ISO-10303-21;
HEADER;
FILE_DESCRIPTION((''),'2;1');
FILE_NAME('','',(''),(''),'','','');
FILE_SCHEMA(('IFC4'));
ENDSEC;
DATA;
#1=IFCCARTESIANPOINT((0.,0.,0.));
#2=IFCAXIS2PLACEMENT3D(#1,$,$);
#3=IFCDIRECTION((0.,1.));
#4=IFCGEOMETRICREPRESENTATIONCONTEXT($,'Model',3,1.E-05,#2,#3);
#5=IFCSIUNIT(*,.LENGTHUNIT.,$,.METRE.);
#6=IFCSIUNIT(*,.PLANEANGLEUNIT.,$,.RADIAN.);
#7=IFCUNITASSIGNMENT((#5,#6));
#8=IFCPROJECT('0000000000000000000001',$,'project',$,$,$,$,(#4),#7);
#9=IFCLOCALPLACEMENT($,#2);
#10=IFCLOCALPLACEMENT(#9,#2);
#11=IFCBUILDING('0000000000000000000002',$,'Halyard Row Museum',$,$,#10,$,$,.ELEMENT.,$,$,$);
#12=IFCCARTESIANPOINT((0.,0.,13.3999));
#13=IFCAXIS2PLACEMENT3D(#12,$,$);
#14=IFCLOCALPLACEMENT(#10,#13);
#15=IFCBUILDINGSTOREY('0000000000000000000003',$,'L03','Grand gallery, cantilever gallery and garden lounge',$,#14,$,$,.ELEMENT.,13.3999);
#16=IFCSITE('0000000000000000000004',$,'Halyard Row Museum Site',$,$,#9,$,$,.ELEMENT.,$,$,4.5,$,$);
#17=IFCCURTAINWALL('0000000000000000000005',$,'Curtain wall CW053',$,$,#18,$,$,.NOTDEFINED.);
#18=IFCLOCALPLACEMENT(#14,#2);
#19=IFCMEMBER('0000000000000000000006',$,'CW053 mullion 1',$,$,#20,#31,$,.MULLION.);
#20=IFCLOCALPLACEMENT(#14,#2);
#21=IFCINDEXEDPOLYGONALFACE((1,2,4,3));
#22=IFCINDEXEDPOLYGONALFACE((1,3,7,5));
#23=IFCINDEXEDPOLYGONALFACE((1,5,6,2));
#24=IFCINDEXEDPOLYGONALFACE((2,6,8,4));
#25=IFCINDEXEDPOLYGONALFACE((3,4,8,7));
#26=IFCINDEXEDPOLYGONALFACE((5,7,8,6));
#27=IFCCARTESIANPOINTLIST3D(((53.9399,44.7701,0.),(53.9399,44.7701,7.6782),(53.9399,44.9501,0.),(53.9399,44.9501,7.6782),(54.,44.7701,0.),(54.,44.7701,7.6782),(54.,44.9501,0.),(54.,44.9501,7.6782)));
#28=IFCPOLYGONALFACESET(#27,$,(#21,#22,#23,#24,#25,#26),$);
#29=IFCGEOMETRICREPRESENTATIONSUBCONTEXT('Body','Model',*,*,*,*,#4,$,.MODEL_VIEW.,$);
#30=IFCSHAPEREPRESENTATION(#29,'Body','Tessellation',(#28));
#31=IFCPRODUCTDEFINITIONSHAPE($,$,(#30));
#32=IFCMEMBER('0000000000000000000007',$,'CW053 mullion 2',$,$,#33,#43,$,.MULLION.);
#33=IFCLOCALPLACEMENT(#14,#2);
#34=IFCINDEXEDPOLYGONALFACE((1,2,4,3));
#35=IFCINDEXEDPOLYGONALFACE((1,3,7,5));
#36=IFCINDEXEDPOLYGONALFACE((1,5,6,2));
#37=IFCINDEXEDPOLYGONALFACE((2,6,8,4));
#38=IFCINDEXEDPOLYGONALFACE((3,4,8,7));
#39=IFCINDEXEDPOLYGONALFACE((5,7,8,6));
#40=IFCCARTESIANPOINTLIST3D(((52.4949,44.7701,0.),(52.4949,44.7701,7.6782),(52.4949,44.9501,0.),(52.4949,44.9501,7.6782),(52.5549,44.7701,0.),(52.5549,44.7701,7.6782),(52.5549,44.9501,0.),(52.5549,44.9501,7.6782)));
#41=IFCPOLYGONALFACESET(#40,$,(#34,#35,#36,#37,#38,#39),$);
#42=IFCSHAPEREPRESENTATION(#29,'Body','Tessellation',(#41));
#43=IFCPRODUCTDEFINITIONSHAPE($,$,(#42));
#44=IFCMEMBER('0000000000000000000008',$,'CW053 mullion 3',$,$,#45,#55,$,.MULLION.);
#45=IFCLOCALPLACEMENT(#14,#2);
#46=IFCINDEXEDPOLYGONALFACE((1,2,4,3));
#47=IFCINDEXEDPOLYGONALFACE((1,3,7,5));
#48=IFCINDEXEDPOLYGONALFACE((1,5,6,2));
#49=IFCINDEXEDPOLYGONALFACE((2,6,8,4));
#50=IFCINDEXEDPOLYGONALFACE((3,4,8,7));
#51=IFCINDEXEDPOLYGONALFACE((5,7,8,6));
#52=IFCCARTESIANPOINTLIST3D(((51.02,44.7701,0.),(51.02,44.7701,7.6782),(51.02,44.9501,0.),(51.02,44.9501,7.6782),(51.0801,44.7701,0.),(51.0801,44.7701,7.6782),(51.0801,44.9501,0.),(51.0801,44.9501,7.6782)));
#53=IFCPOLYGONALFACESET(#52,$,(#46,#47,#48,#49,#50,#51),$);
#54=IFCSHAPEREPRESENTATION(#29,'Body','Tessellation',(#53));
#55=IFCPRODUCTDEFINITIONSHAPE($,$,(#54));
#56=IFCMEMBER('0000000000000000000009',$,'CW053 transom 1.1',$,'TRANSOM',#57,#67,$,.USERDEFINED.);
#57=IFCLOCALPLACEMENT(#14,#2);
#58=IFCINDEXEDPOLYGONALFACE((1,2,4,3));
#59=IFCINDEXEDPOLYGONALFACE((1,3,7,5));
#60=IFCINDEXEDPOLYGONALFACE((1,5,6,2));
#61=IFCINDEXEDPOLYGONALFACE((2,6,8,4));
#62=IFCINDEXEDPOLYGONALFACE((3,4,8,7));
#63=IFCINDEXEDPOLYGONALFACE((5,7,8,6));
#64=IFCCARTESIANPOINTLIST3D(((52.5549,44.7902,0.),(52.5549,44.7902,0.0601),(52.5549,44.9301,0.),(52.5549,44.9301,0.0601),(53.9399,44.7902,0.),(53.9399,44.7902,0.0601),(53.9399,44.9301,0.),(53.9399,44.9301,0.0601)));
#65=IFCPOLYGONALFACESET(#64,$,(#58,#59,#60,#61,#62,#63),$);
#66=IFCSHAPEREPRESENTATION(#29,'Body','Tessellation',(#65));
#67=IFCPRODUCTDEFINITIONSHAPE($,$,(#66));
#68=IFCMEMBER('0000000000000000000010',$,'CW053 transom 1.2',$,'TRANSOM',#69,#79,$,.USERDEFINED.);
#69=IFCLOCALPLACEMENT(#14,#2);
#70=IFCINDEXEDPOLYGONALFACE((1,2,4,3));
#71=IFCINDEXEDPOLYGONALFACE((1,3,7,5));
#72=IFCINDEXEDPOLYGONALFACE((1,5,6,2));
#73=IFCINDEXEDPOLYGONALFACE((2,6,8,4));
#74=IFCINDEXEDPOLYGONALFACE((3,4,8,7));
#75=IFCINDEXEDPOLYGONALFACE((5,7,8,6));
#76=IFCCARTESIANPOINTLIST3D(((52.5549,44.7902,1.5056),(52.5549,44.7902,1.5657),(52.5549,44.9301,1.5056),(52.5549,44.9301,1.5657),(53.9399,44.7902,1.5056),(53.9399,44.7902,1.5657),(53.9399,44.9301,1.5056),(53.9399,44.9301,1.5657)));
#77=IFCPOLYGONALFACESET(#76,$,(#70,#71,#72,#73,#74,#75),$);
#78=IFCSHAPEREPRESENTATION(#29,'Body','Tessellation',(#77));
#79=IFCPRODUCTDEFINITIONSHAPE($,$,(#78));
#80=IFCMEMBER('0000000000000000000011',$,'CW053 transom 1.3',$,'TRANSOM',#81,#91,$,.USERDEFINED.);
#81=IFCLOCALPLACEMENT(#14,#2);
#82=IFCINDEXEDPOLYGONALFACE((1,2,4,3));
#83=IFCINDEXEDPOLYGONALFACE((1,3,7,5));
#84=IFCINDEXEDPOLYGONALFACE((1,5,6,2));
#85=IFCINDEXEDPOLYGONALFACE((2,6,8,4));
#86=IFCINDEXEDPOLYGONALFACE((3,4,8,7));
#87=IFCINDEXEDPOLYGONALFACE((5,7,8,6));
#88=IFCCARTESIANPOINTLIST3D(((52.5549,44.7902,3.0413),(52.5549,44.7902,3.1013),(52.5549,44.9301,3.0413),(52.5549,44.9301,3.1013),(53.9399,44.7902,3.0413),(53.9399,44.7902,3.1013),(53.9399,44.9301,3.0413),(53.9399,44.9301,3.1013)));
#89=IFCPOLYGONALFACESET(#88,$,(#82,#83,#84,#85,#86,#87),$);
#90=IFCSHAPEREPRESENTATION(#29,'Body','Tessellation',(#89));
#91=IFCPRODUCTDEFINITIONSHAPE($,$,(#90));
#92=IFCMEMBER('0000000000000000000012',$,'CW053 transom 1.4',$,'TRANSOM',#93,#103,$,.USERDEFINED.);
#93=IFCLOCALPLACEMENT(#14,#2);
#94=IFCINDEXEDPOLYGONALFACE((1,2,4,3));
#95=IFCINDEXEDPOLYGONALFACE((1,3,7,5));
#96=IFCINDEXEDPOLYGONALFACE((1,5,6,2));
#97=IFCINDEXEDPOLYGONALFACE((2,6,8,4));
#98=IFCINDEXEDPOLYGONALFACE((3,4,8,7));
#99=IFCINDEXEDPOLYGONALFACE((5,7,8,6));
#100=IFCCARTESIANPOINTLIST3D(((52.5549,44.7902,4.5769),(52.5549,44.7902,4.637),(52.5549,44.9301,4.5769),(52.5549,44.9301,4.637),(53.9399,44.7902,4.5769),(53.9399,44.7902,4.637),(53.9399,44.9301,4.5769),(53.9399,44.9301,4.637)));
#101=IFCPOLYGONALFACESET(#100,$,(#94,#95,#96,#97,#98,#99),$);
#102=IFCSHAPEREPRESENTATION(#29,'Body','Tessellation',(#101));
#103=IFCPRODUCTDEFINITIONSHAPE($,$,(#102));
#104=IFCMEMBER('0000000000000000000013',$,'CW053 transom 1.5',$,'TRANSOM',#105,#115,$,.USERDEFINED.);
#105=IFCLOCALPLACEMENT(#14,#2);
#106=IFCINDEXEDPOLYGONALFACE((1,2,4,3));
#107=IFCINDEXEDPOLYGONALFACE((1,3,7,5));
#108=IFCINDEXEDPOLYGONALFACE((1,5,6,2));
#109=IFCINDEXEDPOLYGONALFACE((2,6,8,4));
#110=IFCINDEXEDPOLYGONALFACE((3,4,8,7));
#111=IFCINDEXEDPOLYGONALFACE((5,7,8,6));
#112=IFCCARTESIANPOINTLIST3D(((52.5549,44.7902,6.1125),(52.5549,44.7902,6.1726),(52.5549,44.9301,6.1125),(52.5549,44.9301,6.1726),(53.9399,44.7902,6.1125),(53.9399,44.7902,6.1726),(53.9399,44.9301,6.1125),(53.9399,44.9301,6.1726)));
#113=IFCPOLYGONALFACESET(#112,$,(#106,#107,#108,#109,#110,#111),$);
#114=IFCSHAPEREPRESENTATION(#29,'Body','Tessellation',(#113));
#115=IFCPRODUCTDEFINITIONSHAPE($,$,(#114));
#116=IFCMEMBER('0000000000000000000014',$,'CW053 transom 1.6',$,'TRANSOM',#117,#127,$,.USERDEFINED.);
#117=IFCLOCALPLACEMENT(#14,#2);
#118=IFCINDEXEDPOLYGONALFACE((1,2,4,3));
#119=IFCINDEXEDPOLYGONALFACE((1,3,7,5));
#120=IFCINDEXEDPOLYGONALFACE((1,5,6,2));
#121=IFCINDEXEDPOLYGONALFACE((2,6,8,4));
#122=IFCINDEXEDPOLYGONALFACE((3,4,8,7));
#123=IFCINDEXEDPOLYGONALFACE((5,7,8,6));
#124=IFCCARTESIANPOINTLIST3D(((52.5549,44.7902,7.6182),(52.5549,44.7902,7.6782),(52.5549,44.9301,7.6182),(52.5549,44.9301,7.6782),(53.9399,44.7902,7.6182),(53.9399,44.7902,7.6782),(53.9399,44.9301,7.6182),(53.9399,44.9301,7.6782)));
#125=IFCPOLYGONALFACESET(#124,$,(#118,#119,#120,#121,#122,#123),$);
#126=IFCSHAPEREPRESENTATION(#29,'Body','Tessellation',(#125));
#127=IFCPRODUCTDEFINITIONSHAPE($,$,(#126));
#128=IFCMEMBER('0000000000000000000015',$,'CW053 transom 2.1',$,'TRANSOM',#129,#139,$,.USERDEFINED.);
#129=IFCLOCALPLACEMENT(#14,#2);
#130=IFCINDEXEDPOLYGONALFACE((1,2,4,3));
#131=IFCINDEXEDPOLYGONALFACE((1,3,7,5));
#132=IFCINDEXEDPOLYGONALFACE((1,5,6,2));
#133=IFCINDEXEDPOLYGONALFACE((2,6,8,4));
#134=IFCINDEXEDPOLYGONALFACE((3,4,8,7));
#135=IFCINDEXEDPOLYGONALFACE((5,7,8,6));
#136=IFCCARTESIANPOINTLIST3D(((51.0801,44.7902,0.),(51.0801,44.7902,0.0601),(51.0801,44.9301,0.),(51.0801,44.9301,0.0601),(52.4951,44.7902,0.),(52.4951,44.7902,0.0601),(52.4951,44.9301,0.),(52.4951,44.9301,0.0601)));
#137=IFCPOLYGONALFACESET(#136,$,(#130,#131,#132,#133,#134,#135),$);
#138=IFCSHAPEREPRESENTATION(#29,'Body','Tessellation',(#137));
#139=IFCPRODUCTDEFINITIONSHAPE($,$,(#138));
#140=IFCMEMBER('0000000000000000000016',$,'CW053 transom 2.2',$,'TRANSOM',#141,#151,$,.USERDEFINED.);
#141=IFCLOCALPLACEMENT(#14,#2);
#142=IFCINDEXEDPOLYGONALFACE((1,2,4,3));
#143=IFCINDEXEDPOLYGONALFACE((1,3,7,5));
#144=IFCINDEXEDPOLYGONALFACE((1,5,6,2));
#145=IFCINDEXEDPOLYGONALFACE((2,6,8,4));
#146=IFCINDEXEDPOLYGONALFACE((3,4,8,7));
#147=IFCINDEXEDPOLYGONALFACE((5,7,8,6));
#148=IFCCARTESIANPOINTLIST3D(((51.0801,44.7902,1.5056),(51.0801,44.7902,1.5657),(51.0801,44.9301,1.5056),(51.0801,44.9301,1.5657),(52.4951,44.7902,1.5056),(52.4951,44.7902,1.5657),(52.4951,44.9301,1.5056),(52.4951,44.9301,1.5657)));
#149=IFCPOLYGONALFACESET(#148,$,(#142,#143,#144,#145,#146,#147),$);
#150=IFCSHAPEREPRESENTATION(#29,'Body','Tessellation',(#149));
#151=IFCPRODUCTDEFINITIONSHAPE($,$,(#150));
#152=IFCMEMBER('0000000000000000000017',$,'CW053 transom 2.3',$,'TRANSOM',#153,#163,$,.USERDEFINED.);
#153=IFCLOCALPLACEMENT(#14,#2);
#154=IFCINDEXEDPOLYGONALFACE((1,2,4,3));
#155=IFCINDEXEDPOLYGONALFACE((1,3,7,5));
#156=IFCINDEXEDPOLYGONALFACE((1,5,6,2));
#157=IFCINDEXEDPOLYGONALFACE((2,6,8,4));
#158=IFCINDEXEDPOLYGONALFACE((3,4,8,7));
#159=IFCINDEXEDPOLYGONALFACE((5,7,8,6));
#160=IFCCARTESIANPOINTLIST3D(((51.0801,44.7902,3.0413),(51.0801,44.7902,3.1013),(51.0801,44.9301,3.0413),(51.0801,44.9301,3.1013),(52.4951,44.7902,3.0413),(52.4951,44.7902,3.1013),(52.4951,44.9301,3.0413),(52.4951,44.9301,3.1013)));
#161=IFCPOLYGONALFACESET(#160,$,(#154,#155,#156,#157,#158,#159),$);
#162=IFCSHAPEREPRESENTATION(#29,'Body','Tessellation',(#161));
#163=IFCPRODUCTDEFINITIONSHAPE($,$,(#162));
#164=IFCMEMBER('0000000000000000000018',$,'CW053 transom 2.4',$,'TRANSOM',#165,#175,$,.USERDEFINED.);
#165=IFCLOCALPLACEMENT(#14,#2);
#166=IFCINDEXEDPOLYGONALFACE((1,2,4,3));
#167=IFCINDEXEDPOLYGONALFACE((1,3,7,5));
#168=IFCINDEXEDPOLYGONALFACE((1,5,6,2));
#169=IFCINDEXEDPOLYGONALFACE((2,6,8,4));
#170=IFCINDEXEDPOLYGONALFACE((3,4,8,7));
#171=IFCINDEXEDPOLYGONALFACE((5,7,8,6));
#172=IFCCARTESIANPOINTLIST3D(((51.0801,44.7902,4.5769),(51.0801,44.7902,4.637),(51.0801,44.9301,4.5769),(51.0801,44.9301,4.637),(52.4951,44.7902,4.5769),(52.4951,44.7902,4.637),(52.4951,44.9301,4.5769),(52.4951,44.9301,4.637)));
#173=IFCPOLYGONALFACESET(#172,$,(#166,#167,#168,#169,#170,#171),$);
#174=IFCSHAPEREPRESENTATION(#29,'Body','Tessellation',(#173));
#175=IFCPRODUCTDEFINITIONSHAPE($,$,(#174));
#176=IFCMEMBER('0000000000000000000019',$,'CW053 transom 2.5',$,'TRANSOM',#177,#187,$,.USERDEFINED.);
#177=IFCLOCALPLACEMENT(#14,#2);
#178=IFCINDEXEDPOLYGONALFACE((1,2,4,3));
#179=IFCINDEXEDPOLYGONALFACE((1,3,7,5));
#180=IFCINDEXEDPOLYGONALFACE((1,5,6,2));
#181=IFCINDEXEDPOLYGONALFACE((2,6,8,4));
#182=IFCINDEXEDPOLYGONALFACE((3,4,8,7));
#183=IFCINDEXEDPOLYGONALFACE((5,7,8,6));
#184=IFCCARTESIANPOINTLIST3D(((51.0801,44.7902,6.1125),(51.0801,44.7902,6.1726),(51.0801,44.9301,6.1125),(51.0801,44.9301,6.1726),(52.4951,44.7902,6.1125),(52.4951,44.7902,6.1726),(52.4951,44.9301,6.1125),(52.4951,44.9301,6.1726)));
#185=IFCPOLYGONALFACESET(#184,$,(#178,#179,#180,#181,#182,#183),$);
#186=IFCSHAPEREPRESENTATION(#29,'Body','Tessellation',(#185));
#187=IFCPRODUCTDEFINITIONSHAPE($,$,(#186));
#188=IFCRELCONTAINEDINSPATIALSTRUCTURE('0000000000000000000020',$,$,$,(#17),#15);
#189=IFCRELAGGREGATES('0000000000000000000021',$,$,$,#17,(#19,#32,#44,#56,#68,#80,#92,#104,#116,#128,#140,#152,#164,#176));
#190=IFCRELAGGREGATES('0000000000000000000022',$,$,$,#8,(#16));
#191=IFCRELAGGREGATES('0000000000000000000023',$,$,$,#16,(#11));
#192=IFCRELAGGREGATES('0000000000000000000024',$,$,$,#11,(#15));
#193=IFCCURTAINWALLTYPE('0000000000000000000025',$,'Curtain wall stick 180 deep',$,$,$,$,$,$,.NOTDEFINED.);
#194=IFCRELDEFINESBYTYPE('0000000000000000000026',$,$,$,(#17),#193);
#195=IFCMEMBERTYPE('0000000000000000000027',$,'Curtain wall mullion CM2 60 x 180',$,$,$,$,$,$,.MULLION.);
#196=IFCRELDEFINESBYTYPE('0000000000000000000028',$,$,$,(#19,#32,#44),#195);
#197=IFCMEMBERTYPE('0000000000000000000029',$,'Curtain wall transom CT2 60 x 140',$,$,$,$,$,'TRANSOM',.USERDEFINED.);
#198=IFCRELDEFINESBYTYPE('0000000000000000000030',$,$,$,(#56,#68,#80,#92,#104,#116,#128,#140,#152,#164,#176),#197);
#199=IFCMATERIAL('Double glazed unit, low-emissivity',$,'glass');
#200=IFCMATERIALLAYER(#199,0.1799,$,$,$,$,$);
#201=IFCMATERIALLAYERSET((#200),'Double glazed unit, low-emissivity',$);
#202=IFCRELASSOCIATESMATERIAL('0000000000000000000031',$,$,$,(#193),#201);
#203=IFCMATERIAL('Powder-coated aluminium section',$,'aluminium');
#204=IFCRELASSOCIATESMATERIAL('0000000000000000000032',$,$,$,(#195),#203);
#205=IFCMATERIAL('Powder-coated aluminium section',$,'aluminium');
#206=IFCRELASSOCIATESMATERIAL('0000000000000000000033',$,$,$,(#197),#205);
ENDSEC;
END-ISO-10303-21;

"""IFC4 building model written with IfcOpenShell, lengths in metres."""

from ifc_helpers import new_model, si_unit, direction, frame, origin, origin_2d, place, context, subcontext, project, spatial, rectangle, extrude, material, layer, layer_set, material_profile, profile_set, type_object, element, aggregate, save


model = new_model("IFC4")

# Units and contexts
model_context = context("Model", 3, precision=1e-05, world=origin(), true_north=direction((0.0, 1.0)))
body_context = subcontext(model_context, "Body", "Model", "MODEL_VIEW")
ifc_project = project(units=[si_unit("LENGTHUNIT", "METRE"), si_unit("PLANEANGLEUNIT", "RADIAN")], contexts=[model_context])

# Site, building, storey
site_placement = place(None, origin())
site = spatial("IfcSite", under=ifc_project, at=site_placement, Name="Halyard Row Museum Site", CompositionType="ELEMENT", RefElevation=4.5)
building_placement = place(site_placement, origin())
building = spatial("IfcBuilding", under=site, at=building_placement, Name="Halyard Row Museum", CompositionType="ELEMENT")
storey_placement = place(building_placement, frame((0.0, 0.0, 13.3999)))
storey = spatial("IfcBuildingStorey", under=building, at=storey_placement, Name="L03", Description="Grand gallery, cantilever gallery and garden lounge", CompositionType="ELEMENT", Elevation=13.3999)

# Curtain wall, members
ifc_material_1 = material(Name="Double glazed unit, low-emissivity", Category="glass")
ifc_layer_1 = layer(ifc_material_1, 0.1799)
ifc_layer_set_1 = layer_set([ifc_layer_1], Name="Double glazed unit, low-emissivity")
curtain_wall_type = type_object("IfcCurtainWallType", Name="Curtain wall stick 180 deep", PredefinedType="NOTDEFINED", material=ifc_layer_set_1)
curtain_wall_placement = place(storey_placement, origin())
curtain_wall = element("IfcCurtainWall", 1, at=curtain_wall_placement, inside=storey, type_object=curtain_wall_type, Name="Curtain wall CW053", PredefinedType="NOTDEFINED")
ifc_material_2 = material(Name="Powder-coated aluminium section", Category="aluminium")
ifc_material_profile_1 = material_profile(ifc_material_2, rectangle(XDim=0.1799, YDim=0.0601, at=origin_2d()), Name="180x60 mullion")
ifc_profile_set_1 = profile_set([ifc_material_profile_1], Name="Powder-coated aluminium section")
member_type_1 = type_object("IfcMemberType", Name="Curtain wall mullion CM2 60 x 180", PredefinedType="MULLION", material=ifc_profile_set_1)
member_1_placement = place(storey_placement, frame((53.97, 44.8601, 0.0), z_axis=(0.0, 0.0, 1.0), x_axis=(0.0, -1.0, 0.0)))
member_1 = element("IfcMember", 2, at=member_1_placement, type_object=member_type_1, Name="CW053 mullion 1", PredefinedType="MULLION", context=body_context, shape_type="SweptSolid", body=[
    extrude(rectangle(XDim=0.1799, YDim=0.0601, at=origin_2d()), origin(), (0.0, 0.0, 1.0), 7.6782),
])
member_2_placement = place(storey_placement, frame((52.5249, 44.8601, 0.0), z_axis=(0.0, 0.0, 1.0), x_axis=(0.0, -1.0, 0.0)))
member_2 = element("IfcMember", 3, at=member_2_placement, type_object=member_type_1, Name="CW053 mullion 2", PredefinedType="MULLION", context=body_context, shape_type="SweptSolid", body=[
    extrude(rectangle(XDim=0.1799, YDim=0.0601, at=origin_2d()), origin(), (0.0, 0.0, 1.0), 7.6782),
])
member_3_placement = place(storey_placement, frame((51.05, 44.8601, 0.0), z_axis=(0.0, 0.0, 1.0), x_axis=(0.0, -1.0, 0.0)))
member_3 = element("IfcMember", 4, at=member_3_placement, type_object=member_type_1, Name="CW053 mullion 3", PredefinedType="MULLION", context=body_context, shape_type="SweptSolid", body=[
    extrude(rectangle(XDim=0.1799, YDim=0.0601, at=origin_2d()), origin(), (0.0, 0.0, 1.0), 7.6782),
])
ifc_material_3 = material(Name="Powder-coated aluminium section", Category="aluminium")
ifc_material_profile_2 = material_profile(ifc_material_3, rectangle(XDim=0.1399, YDim=0.0601, at=origin_2d()), Name="140x60 transom")
ifc_profile_set_2 = profile_set([ifc_material_profile_2], Name="Powder-coated aluminium section")
member_type_2 = type_object("IfcMemberType", Name="Curtain wall transom CT2 60 x 140", ElementType="TRANSOM", PredefinedType="USERDEFINED", material=ifc_profile_set_2)
member_4_placement = place(storey_placement, frame((53.9399, 44.8601, 0.03), z_axis=(-1.0, 0.0, 0.0), x_axis=(0.0, -1.0, 0.0)))
member_4 = element("IfcMember", 5, at=member_4_placement, type_object=member_type_2, Name="CW053 transom 1.1", ObjectType="TRANSOM", PredefinedType="USERDEFINED", context=body_context, shape_type="SweptSolid", body=[
    extrude(rectangle(XDim=0.1399, YDim=0.0601, at=origin_2d()), origin(), (0.0, 0.0, 1.0), 1.385),
])
member_5_placement = place(storey_placement, frame((53.9399, 44.8601, 1.5356), z_axis=(-1.0, 0.0, 0.0), x_axis=(0.0, -1.0, 0.0)))
member_5 = element("IfcMember", 6, at=member_5_placement, type_object=member_type_2, Name="CW053 transom 1.2", ObjectType="TRANSOM", PredefinedType="USERDEFINED", context=body_context, shape_type="SweptSolid", body=[
    extrude(rectangle(XDim=0.1399, YDim=0.0601, at=origin_2d()), origin(), (0.0, 0.0, 1.0), 1.385),
])
member_6_placement = place(storey_placement, frame((53.9399, 44.8601, 3.0713), z_axis=(-1.0, 0.0, 0.0), x_axis=(0.0, -1.0, 0.0)))
member_6 = element("IfcMember", 7, at=member_6_placement, type_object=member_type_2, Name="CW053 transom 1.3", ObjectType="TRANSOM", PredefinedType="USERDEFINED", context=body_context, shape_type="SweptSolid", body=[
    extrude(rectangle(XDim=0.1399, YDim=0.0601, at=origin_2d()), origin(), (0.0, 0.0, 1.0), 1.385),
])
member_7_placement = place(storey_placement, frame((53.9399, 44.8601, 4.6069), z_axis=(-1.0, 0.0, 0.0), x_axis=(0.0, -1.0, 0.0)))
member_7 = element("IfcMember", 8, at=member_7_placement, type_object=member_type_2, Name="CW053 transom 1.4", ObjectType="TRANSOM", PredefinedType="USERDEFINED", context=body_context, shape_type="SweptSolid", body=[
    extrude(rectangle(XDim=0.1399, YDim=0.0601, at=origin_2d()), origin(), (0.0, 0.0, 1.0), 1.385),
])
member_8_placement = place(storey_placement, frame((53.9399, 44.8601, 6.1426), z_axis=(-1.0, 0.0, 0.0), x_axis=(0.0, -1.0, 0.0)))
member_8 = element("IfcMember", 9, at=member_8_placement, type_object=member_type_2, Name="CW053 transom 1.5", ObjectType="TRANSOM", PredefinedType="USERDEFINED", context=body_context, shape_type="SweptSolid", body=[
    extrude(rectangle(XDim=0.1399, YDim=0.0601, at=origin_2d()), origin(), (0.0, 0.0, 1.0), 1.385),
])
member_9_placement = place(storey_placement, frame((53.9399, 44.8601, 7.6482), z_axis=(-1.0, 0.0, 0.0), x_axis=(0.0, -1.0, 0.0)))
member_9 = element("IfcMember", 10, at=member_9_placement, type_object=member_type_2, Name="CW053 transom 1.6", ObjectType="TRANSOM", PredefinedType="USERDEFINED", context=body_context, shape_type="SweptSolid", body=[
    extrude(rectangle(XDim=0.1399, YDim=0.0601, at=origin_2d()), origin(), (0.0, 0.0, 1.0), 1.385),
])
member_10_placement = place(storey_placement, frame((52.4951, 44.8601, 0.03), z_axis=(-1.0, 0.0, 0.0), x_axis=(0.0, -1.0, 0.0)))
member_10 = element("IfcMember", 11, at=member_10_placement, type_object=member_type_2, Name="CW053 transom 2.1", ObjectType="TRANSOM", PredefinedType="USERDEFINED", context=body_context, shape_type="SweptSolid", body=[
    extrude(rectangle(XDim=0.1399, YDim=0.0601, at=origin_2d()), origin(), (0.0, 0.0, 1.0), 1.415),
])
member_11_placement = place(storey_placement, frame((52.4951, 44.8601, 1.5356), z_axis=(-1.0, 0.0, 0.0), x_axis=(0.0, -1.0, 0.0)))
member_11 = element("IfcMember", 12, at=member_11_placement, type_object=member_type_2, Name="CW053 transom 2.2", ObjectType="TRANSOM", PredefinedType="USERDEFINED", context=body_context, shape_type="SweptSolid", body=[
    extrude(rectangle(XDim=0.1399, YDim=0.0601, at=origin_2d()), origin(), (0.0, 0.0, 1.0), 1.415),
])
member_12_placement = place(storey_placement, frame((52.4951, 44.8601, 3.0713), z_axis=(-1.0, 0.0, 0.0), x_axis=(0.0, -1.0, 0.0)))
member_12 = element("IfcMember", 13, at=member_12_placement, type_object=member_type_2, Name="CW053 transom 2.3", ObjectType="TRANSOM", PredefinedType="USERDEFINED", context=body_context, shape_type="SweptSolid", body=[
    extrude(rectangle(XDim=0.1399, YDim=0.0601, at=origin_2d()), origin(), (0.0, 0.0, 1.0), 1.415),
])
member_13_placement = place(storey_placement, frame((52.4951, 44.8601, 4.6069), z_axis=(-1.0, 0.0, 0.0), x_axis=(0.0, -1.0, 0.0)))
member_13 = element("IfcMember", 14, at=member_13_placement, type_object=member_type_2, Name="CW053 transom 2.4", ObjectType="TRANSOM", PredefinedType="USERDEFINED", context=body_context, shape_type="SweptSolid", body=[
    extrude(rectangle(XDim=0.1399, YDim=0.0601, at=origin_2d()), origin(), (0.0, 0.0, 1.0), 1.415),
])
member_14_placement = place(storey_placement, frame((52.4951, 44.8601, 6.1426), z_axis=(-1.0, 0.0, 0.0), x_axis=(0.0, -1.0, 0.0)))
member_14 = element("IfcMember", 15, at=member_14_placement, type_object=member_type_2, Name="CW053 transom 2.5", ObjectType="TRANSOM", PredefinedType="USERDEFINED", context=body_context, shape_type="SweptSolid", body=[
    extrude(rectangle(XDim=0.1399, YDim=0.0601, at=origin_2d()), origin(), (0.0, 0.0, 1.0), 1.415),
])
aggregate(curtain_wall, [member_1, member_2, member_3, member_4, member_5, member_6, member_7, member_8, member_9, member_10, member_11, member_12, member_13, member_14])

save(model, "model.ifc")
